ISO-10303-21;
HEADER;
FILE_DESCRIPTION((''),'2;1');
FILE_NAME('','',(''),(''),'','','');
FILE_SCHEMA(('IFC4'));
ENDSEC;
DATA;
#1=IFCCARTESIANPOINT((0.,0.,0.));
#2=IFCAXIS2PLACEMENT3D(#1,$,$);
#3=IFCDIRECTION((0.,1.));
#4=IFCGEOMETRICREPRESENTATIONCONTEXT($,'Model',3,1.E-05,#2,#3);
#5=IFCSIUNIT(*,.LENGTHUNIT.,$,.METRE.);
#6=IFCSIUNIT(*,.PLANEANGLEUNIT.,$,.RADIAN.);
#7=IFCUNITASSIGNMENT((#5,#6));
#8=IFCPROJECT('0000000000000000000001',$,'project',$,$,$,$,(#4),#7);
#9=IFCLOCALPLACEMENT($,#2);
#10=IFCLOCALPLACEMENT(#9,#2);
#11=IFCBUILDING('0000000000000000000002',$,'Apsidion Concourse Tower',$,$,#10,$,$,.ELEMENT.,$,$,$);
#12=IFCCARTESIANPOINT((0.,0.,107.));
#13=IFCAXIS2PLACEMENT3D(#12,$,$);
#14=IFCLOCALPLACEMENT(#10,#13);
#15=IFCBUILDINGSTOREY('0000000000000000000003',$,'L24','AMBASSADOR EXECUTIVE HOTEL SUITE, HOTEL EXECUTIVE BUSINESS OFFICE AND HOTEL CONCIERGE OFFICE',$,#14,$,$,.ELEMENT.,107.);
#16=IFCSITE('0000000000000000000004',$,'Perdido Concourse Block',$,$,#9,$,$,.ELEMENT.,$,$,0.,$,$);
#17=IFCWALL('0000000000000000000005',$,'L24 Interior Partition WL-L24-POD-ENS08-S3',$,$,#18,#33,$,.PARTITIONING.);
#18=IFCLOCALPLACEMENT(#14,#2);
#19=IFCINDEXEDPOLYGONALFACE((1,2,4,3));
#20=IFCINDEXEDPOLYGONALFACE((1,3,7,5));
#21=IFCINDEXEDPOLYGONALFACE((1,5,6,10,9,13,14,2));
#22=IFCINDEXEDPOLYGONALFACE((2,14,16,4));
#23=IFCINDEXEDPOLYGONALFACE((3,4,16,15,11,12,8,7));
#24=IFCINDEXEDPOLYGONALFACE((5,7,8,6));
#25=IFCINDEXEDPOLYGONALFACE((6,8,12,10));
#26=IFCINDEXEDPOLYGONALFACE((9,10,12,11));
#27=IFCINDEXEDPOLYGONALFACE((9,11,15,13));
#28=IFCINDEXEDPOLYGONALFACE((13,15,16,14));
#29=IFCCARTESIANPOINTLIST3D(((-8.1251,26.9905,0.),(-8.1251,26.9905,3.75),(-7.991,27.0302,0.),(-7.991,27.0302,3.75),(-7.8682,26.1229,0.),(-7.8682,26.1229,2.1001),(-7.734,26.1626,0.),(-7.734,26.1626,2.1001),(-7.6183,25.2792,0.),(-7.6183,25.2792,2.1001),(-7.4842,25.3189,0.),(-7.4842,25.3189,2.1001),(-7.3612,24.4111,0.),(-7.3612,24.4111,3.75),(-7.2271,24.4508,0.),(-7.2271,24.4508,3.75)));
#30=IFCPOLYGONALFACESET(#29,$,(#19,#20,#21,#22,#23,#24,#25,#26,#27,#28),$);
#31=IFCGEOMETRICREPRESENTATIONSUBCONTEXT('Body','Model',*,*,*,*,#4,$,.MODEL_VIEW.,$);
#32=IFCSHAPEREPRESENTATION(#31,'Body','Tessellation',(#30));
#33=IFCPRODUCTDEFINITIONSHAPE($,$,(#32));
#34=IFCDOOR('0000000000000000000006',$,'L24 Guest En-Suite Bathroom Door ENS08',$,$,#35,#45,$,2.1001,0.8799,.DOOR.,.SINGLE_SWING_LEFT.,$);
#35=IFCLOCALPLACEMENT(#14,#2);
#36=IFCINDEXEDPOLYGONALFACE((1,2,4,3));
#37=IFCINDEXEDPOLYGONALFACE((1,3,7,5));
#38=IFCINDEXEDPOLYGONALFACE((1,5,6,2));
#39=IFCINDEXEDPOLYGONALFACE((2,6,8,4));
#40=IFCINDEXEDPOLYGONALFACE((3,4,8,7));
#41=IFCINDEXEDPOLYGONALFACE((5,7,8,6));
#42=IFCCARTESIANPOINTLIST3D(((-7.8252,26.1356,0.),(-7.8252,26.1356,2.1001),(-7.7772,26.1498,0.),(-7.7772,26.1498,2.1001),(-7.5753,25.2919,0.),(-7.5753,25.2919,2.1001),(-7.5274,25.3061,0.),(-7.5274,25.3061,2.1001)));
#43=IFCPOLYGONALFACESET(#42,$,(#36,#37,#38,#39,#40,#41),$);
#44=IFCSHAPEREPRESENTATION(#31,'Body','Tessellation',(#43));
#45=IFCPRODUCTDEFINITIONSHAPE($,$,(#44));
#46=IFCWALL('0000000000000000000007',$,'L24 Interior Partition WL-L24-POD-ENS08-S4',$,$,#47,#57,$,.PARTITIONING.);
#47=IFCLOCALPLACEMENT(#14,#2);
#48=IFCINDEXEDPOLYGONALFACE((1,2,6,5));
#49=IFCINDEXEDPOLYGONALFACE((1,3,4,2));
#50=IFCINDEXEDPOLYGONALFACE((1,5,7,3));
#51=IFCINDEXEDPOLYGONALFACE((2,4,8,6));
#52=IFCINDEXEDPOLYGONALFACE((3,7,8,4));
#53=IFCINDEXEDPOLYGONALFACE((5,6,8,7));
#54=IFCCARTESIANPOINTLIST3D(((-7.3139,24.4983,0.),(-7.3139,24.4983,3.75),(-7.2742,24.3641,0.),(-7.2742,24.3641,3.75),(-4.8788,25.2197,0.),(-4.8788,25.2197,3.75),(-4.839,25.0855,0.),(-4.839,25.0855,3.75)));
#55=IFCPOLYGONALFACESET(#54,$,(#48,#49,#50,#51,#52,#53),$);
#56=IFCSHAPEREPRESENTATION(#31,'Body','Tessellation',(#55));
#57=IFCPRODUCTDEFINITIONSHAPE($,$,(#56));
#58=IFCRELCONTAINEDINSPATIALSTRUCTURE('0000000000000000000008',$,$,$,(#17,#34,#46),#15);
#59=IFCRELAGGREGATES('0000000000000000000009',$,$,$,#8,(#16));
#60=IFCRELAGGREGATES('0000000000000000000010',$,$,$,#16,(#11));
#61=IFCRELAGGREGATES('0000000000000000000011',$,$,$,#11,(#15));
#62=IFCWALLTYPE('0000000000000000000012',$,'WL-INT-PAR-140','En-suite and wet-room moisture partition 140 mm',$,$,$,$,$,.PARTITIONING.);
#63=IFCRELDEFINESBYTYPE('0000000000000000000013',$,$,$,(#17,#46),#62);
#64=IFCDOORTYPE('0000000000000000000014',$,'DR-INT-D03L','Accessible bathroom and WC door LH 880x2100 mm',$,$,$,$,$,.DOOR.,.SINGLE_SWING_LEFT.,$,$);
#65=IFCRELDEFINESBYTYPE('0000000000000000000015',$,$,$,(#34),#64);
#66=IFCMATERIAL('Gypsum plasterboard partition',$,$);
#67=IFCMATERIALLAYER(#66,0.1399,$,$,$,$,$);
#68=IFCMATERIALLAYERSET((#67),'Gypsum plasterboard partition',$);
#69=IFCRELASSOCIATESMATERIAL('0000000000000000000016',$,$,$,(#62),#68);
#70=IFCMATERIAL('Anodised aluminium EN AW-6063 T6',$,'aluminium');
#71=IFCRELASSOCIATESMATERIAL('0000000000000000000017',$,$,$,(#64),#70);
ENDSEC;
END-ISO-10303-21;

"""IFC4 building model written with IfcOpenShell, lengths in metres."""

from ifc_helpers import new_model, si_unit, direction, frame, frame_2d, origin, place, context, subcontext, project, spatial, rectangle, extrude, material, layer, layer_set, type_object, element, fill, save


model = new_model("IFC4")

# Units and contexts
model_context = context("Model", 3, precision=1e-05, world=origin(), true_north=direction((0.0, 1.0)))
body_context = subcontext(model_context, "Body", "Model", "MODEL_VIEW")
ifc_project = project(units=[si_unit("LENGTHUNIT", "METRE"), si_unit("PLANEANGLEUNIT", "RADIAN")], contexts=[model_context])

# Site, building, storey
site_placement = place(None, origin())
site = spatial("IfcSite", under=ifc_project, at=site_placement, Name="Perdido Concourse Block", CompositionType="ELEMENT", RefElevation=0.0)
building_placement = place(site_placement, origin())
building = spatial("IfcBuilding", under=site, at=building_placement, Name="Apsidion Concourse Tower", CompositionType="ELEMENT")
storey_placement = place(building_placement, frame((0.0, 0.0, 107.0)))
storey = spatial("IfcBuildingStorey", under=building, at=storey_placement, Name="L24", Description="AMBASSADOR EXECUTIVE HOTEL SUITE, HOTEL EXECUTIVE BUSINESS OFFICE AND HOTEL CONCIERGE OFFICE", CompositionType="ELEMENT", Elevation=107.0)

# Shared definitions
ifc_material_1 = material(Name="Anodised aluminium EN AW-6063 T6", Category="aluminium")

# Shared definitions
ifc_material_2 = material(Name="Gypsum plasterboard partition")
ifc_layer_1 = layer(ifc_material_2, 0.1399)
ifc_layer_set_1 = layer_set([ifc_layer_1], Name="Gypsum plasterboard partition")
wall_type_1 = type_object("IfcWallType", Name="WL-INT-PAR-140", Description="En-suite and wet-room moisture partition 140 mm", PredefinedType="PARTITIONING", material=ifc_layer_set_1)

# Wall, opening, door
wall_1_placement = place(storey_placement, frame((-8.0581, 27.0105, 0.0), z_axis=(0.0, 0.0, 1.0), x_axis=(0.283974, -0.958832, 0.0)))
wall_1 = element("IfcWall", 1, at=wall_1_placement, inside=storey, type_object=wall_type_1, Name="L24 Interior Partition WL-L24-POD-ENS08-S3", PredefinedType="PARTITIONING", context=body_context, shape_type="SweptSolid", body=[
    extrude(rectangle(XDim=2.6902, YDim=0.1399, at=frame_2d((1.3452, 0.0))), origin(), (0.0, 0.0, 1.0), 3.75),
])
opening_1_placement = place(wall_1_placement, frame((0.905, 0.0, 0.0)))
opening_1 = element("IfcOpeningElement", 2, at=opening_1_placement, cuts=wall_1, PredefinedType="OPENING", context=body_context, shape_type="SweptSolid", body=[
    extrude(rectangle(XDim=0.8799, YDim=2.1001, at=frame_2d((0.4399, 1.05))), frame((0.0, 0.0801, 0.0), z_axis=(0.0, -1.0, 0.0), x_axis=(1.0, 0.0, 0.0)), (0.0, 0.0, 1.0), 0.1599),
])
door_type_1 = type_object("IfcDoorType", Name="DR-INT-D03L", Description="Accessible bathroom and WC door LH 880x2100 mm", OperationType="SINGLE_SWING_LEFT", PredefinedType="DOOR", material=ifc_material_1)
door_1_placement = place(opening_1_placement, origin())
door_1 = element("IfcDoor", 3, at=door_1_placement, inside=storey, type_object=door_type_1, Name="L24 Guest En-Suite Bathroom Door ENS08", OperationType="SINGLE_SWING_LEFT", OverallHeight=2.1001, OverallWidth=0.8799, PredefinedType="DOOR", context=body_context, shape_type="SweptSolid", body=[
    extrude(rectangle(XDim=0.8799, YDim=2.1001, at=frame_2d((0.4399, 1.05))), frame((0.0, 0.0249, 0.0), z_axis=(0.0, -1.0, 0.0), x_axis=(1.0, 0.0, 0.0)), (0.0, 0.0, 1.0), 0.05),
])
fill(opening_1, door_1)

# Wall
wall_2_placement = place(storey_placement, frame((-7.2942, 24.4312, 0.0), z_axis=(0.0, 0.0, 1.0), x_axis=(0.958813, 0.284039, 0.0)))
element("IfcWall", 4, at=wall_2_placement, inside=storey, type_object=wall_type_1, Name="L24 Interior Partition WL-L24-POD-ENS08-S4", PredefinedType="PARTITIONING", context=body_context, shape_type="SweptSolid", body=[
    extrude(rectangle(XDim=2.5398, YDim=0.1399, at=frame_2d((1.27, 0.0))), origin(), (0.0, 0.0, 1.0), 3.75),
])

save(model, "model.ifc")
